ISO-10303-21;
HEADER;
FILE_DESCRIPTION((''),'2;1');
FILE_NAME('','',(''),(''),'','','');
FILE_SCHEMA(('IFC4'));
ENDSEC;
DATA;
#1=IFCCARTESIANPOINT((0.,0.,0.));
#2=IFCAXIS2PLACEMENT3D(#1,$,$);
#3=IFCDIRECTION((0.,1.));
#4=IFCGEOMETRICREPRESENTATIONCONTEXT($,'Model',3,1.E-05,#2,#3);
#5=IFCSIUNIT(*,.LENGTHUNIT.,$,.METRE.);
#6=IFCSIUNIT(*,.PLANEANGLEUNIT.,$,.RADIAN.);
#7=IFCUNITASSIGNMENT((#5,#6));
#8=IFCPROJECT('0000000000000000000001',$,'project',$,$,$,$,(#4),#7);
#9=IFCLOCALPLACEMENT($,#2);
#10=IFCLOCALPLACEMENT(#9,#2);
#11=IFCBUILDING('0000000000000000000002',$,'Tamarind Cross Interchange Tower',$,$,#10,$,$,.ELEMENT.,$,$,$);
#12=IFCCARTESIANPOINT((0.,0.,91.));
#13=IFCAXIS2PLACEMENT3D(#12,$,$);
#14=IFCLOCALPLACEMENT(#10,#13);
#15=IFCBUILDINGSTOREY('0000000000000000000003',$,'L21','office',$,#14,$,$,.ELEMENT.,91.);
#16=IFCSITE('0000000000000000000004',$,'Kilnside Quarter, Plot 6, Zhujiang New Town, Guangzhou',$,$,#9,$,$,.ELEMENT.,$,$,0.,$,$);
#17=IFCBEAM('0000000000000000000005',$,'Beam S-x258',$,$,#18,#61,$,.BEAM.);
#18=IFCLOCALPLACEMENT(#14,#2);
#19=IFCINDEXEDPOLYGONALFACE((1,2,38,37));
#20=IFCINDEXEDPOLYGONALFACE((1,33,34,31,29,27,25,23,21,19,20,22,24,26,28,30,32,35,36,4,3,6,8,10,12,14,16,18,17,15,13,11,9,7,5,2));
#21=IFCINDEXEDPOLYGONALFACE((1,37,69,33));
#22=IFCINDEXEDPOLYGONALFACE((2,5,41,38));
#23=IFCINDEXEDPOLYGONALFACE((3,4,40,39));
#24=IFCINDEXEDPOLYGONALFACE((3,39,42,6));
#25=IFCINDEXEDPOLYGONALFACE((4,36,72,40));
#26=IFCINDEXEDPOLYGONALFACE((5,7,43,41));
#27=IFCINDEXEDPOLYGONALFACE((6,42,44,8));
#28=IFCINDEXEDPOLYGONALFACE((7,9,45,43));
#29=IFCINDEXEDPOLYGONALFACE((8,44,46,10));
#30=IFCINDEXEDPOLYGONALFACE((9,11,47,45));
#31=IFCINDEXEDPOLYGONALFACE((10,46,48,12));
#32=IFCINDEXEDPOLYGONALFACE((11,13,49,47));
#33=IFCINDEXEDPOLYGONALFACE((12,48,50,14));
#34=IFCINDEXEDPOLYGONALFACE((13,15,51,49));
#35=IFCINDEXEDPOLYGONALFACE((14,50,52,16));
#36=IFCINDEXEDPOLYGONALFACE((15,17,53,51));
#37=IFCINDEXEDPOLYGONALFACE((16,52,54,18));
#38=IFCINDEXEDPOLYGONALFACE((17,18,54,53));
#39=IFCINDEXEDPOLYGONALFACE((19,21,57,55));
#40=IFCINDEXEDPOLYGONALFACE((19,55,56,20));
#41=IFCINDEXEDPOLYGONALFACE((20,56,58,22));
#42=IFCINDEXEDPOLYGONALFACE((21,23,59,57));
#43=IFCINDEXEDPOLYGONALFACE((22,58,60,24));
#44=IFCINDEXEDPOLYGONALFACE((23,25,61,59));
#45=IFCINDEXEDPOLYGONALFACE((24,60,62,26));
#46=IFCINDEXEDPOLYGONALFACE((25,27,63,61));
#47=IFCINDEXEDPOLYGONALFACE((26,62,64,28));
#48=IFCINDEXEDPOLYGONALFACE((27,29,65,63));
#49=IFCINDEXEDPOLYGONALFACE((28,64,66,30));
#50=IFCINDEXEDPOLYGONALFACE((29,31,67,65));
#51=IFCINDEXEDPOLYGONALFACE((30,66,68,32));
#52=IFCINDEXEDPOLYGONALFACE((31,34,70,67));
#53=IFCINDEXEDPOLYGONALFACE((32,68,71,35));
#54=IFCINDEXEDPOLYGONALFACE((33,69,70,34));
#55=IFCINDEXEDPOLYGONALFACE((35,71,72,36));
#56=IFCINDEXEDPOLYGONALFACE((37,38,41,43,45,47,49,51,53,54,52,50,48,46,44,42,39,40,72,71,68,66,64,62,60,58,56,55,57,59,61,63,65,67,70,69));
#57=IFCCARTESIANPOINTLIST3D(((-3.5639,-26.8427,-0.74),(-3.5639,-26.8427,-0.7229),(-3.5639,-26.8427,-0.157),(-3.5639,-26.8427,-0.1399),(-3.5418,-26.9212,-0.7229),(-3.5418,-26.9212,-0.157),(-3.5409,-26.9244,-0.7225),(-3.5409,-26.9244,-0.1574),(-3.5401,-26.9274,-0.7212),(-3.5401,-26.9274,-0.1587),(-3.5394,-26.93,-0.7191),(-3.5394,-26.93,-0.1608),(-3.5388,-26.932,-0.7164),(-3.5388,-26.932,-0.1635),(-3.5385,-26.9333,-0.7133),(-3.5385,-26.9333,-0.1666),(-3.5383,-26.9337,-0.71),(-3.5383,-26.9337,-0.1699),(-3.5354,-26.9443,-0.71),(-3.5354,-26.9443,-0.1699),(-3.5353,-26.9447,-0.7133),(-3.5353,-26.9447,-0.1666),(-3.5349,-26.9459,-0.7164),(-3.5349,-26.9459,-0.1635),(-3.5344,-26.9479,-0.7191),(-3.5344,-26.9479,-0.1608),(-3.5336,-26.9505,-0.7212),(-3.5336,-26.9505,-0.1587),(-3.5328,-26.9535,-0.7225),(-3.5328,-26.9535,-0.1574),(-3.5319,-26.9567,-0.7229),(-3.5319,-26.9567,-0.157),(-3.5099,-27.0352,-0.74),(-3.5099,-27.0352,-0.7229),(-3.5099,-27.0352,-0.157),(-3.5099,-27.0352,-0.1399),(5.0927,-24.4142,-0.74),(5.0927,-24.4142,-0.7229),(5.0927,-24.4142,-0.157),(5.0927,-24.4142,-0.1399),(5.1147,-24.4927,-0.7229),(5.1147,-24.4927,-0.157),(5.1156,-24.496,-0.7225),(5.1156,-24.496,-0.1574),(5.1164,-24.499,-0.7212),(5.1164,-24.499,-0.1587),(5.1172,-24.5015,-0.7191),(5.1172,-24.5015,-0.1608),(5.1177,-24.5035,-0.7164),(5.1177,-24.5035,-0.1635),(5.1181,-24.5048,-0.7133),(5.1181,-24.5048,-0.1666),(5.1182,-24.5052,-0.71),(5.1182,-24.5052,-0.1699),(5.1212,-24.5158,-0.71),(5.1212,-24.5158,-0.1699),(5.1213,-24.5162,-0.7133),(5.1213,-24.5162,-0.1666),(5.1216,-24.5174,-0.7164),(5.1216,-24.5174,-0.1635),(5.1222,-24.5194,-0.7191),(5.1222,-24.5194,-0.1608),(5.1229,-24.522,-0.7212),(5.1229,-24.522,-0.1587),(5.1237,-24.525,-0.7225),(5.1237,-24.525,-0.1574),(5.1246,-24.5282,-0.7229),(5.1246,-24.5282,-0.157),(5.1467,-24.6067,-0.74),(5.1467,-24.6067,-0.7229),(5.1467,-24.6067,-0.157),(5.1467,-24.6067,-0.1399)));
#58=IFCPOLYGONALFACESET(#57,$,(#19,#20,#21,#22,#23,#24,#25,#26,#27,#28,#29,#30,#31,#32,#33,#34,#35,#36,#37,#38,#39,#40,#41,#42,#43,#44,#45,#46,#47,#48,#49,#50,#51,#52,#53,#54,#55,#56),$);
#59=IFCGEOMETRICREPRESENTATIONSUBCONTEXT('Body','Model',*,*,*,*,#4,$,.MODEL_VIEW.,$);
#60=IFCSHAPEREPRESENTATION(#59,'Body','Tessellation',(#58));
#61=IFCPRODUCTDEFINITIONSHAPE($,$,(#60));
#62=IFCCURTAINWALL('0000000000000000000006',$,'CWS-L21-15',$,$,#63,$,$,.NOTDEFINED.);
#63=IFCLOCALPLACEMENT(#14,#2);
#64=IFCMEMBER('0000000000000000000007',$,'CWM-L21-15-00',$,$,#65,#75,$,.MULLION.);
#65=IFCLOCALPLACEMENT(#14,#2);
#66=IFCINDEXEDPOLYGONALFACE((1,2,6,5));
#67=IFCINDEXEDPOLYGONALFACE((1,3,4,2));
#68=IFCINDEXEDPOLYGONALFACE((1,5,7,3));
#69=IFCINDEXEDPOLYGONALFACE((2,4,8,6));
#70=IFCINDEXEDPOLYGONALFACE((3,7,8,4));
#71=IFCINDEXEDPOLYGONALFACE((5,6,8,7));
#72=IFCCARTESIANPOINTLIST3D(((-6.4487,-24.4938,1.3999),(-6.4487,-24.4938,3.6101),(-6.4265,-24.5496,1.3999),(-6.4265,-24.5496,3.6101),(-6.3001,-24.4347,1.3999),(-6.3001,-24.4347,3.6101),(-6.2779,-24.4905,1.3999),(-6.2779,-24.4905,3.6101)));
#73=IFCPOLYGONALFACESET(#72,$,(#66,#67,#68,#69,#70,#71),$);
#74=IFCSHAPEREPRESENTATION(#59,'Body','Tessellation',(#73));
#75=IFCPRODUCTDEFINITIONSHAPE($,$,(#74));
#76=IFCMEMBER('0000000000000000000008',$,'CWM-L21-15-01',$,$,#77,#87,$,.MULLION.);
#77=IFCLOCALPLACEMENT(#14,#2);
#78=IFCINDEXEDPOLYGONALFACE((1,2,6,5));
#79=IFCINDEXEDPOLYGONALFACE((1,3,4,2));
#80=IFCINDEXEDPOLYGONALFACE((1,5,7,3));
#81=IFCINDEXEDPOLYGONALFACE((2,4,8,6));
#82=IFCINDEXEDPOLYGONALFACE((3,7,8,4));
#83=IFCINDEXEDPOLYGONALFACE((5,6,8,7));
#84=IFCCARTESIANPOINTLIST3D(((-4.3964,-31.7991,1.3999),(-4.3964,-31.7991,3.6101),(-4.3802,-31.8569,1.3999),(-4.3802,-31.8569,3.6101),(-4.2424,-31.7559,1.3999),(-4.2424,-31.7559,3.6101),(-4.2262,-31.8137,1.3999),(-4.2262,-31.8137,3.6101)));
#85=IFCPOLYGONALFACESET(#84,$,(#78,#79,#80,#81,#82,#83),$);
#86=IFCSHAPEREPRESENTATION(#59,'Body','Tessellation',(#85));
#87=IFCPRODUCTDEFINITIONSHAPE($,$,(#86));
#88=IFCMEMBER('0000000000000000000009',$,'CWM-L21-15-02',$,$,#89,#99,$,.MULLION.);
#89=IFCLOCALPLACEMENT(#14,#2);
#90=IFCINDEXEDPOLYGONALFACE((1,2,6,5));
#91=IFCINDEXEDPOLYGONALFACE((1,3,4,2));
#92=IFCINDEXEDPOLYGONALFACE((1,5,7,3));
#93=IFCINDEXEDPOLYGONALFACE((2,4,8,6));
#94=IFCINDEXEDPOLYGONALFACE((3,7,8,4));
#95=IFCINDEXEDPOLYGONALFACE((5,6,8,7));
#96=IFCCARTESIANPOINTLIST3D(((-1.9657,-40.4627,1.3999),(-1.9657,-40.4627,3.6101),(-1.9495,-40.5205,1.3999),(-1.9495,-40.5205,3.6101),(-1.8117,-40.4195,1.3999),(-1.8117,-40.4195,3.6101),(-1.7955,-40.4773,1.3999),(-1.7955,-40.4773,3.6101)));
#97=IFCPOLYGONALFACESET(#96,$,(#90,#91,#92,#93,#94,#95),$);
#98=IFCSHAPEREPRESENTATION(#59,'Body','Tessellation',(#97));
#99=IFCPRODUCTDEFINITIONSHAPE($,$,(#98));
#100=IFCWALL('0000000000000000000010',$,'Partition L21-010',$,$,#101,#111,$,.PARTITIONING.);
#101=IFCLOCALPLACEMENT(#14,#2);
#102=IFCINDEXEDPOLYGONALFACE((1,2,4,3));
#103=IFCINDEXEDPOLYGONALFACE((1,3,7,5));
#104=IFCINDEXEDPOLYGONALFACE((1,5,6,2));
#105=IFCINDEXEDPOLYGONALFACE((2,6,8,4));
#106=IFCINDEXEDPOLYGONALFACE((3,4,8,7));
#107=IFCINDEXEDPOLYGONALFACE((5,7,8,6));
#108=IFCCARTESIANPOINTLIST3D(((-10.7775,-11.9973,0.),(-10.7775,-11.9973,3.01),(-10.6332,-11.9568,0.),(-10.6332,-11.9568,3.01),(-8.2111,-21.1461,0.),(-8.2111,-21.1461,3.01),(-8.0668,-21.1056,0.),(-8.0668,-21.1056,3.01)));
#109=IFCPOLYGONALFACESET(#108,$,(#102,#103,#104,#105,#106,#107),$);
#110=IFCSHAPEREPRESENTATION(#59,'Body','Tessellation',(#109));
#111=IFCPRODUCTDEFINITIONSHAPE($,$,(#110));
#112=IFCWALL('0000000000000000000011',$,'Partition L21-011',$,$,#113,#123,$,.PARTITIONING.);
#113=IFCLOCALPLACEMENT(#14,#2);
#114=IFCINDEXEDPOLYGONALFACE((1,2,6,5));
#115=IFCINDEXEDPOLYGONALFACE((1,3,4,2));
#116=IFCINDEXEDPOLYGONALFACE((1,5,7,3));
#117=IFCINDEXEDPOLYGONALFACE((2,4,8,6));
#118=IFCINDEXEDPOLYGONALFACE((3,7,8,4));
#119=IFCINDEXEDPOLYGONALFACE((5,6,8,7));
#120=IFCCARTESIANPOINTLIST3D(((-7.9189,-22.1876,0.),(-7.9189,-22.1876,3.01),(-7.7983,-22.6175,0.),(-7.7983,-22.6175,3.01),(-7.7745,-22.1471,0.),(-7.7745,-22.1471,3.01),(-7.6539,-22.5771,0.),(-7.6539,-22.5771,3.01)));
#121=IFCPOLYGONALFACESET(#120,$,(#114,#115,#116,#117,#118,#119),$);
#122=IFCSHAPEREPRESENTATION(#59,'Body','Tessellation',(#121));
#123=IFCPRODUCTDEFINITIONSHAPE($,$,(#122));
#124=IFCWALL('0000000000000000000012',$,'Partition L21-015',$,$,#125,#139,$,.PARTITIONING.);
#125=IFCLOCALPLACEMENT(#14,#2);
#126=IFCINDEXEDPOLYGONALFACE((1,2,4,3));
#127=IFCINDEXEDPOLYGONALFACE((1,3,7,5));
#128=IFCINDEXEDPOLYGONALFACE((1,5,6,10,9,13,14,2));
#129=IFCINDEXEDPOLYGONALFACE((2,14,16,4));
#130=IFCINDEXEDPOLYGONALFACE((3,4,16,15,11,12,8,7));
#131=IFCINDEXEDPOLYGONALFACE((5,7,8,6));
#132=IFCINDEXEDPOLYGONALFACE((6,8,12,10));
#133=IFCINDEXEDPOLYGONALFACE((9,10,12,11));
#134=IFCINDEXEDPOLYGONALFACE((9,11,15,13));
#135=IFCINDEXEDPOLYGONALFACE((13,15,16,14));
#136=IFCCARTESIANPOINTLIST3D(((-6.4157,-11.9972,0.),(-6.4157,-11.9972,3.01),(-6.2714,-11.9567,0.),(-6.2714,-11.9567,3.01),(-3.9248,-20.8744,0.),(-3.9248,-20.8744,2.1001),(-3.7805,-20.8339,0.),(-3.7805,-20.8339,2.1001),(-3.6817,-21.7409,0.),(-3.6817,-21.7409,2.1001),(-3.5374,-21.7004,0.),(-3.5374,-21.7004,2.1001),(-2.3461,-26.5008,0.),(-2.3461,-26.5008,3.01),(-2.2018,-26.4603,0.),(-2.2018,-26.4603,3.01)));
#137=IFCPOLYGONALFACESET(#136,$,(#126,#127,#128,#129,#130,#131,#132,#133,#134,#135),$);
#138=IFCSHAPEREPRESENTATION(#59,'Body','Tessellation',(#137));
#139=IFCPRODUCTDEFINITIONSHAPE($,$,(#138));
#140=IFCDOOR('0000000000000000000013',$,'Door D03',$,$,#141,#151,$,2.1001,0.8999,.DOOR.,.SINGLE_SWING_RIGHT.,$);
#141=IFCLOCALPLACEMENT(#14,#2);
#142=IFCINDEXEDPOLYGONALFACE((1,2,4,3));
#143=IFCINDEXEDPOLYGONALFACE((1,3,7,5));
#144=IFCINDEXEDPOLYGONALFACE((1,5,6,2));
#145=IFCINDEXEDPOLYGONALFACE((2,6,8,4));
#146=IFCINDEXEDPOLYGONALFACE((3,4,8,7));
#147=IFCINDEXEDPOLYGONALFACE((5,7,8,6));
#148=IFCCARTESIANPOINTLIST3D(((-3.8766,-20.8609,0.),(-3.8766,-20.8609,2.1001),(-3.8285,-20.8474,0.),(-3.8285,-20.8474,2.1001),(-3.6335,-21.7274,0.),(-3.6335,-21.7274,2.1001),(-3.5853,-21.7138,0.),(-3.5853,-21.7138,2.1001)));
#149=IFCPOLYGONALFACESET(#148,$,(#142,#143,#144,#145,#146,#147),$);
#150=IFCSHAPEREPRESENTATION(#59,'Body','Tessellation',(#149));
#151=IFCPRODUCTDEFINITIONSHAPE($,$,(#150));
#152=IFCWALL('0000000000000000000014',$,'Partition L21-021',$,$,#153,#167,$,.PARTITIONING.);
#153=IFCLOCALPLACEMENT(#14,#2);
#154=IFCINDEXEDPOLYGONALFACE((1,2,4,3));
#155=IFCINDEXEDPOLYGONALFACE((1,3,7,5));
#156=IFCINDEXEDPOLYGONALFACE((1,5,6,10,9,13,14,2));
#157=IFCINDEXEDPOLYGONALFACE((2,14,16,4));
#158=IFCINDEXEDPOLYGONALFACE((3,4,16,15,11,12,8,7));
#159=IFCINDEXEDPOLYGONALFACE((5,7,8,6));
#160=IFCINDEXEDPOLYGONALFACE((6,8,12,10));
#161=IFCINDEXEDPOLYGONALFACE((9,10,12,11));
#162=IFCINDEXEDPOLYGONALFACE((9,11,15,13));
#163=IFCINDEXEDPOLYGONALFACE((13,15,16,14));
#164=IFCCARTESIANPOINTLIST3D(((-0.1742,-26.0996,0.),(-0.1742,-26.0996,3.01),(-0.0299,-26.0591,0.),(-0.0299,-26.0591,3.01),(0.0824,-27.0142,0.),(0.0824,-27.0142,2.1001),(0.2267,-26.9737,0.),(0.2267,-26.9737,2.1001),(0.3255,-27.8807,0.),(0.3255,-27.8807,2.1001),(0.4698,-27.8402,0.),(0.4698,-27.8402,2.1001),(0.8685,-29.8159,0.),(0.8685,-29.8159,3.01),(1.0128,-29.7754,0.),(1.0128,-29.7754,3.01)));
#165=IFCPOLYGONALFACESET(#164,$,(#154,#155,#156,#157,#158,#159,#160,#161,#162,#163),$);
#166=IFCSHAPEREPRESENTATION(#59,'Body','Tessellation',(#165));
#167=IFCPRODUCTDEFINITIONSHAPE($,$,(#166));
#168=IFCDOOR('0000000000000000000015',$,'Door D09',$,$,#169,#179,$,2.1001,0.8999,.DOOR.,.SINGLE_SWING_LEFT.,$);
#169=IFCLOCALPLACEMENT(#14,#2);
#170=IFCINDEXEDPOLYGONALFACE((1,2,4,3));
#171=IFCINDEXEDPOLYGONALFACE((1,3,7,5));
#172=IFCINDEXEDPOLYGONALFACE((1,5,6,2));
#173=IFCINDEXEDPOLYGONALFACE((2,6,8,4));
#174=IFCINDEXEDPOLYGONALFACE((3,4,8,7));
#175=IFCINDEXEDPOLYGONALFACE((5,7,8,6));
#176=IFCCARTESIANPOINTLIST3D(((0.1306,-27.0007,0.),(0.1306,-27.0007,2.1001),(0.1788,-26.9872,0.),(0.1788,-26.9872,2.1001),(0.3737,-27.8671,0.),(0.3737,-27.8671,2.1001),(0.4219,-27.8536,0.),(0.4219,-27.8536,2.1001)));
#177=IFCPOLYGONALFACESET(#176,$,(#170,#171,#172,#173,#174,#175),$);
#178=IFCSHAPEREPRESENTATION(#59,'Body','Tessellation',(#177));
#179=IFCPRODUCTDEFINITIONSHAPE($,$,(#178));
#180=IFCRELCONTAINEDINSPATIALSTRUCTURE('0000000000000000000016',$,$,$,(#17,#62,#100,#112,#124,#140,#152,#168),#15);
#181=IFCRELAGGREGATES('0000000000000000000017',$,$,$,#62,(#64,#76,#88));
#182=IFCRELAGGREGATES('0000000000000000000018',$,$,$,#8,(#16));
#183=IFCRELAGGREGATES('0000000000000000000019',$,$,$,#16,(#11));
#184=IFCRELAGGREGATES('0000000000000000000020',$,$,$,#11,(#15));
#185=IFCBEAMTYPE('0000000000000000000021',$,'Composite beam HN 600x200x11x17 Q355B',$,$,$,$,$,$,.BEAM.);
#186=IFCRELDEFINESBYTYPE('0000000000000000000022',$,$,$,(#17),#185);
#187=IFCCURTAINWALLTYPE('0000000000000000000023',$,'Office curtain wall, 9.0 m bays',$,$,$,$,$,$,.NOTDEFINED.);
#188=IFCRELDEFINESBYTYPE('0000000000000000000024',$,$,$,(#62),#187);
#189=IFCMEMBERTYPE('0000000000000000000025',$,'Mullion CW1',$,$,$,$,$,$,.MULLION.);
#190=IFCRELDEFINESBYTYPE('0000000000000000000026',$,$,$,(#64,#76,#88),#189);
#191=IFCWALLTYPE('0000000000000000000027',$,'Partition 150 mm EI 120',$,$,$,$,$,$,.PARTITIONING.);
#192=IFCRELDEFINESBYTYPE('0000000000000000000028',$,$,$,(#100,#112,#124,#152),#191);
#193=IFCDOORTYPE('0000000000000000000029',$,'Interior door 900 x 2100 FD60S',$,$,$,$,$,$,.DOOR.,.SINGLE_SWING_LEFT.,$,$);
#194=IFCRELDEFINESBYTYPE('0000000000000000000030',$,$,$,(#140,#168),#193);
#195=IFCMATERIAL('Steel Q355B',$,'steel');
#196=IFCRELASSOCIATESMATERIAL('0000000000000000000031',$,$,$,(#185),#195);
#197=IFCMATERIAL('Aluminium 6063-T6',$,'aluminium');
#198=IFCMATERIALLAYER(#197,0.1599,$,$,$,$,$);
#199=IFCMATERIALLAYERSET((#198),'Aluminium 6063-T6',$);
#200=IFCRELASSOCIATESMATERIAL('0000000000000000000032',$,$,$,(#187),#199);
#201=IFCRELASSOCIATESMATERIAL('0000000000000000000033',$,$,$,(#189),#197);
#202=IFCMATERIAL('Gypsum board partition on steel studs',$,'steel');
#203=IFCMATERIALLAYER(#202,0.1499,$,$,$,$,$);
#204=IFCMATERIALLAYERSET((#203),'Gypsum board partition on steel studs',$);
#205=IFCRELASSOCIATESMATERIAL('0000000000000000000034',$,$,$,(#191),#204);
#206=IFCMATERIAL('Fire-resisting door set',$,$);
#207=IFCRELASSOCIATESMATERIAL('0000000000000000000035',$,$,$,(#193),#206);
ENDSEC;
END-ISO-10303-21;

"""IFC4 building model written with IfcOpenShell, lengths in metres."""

from ifc_helpers import new_model, si_unit, direction, frame, frame_2d, origin, origin_2d, place, context, subcontext, project, spatial, rectangle, i_section, extrude, material, layer, layer_set, material_profile, profile_set, type_object, element, fill, aggregate, save


model = new_model("IFC4")

# Units and contexts
model_context = context("Model", 3, precision=1e-05, world=origin(), true_north=direction((0.0, 1.0)))
body_context = subcontext(model_context, "Body", "Model", "MODEL_VIEW")
ifc_project = project(units=[si_unit("LENGTHUNIT", "METRE"), si_unit("PLANEANGLEUNIT", "RADIAN")], contexts=[model_context])

# Site, building, storey
site_placement = place(None, origin())
site = spatial("IfcSite", under=ifc_project, at=site_placement, Name="Kilnside Quarter, Plot 6, Zhujiang New Town, Guangzhou", CompositionType="ELEMENT", RefElevation=0.0)
building_placement = place(site_placement, origin())
building = spatial("IfcBuilding", under=site, at=building_placement, Name="Tamarind Cross Interchange Tower", CompositionType="ELEMENT")
storey_placement = place(building_placement, frame((0.0, 0.0, 91.0)))
storey = spatial("IfcBuildingStorey", under=building, at=storey_placement, Name="L21", Description="office", CompositionType="ELEMENT", Elevation=91.0)

# Beam
ifc_material_1 = material(Name="Steel Q355B", Category="steel")
ifc_material_profile_1 = material_profile(ifc_material_1, i_section(OverallWidth=0.2, OverallDepth=0.6001, WebThickness=0.011, FlangeThickness=0.0171, FilletRadius=0.0129, at=origin_2d()), Name="HN 600x200x11x17")
ifc_profile_set_1 = profile_set([ifc_material_profile_1], Name="Steel Q355B")
beam_type_1 = type_object("IfcBeamType", Name="Composite beam HN 600x200x11x17 Q355B", PredefinedType="BEAM", material=ifc_profile_set_1)
beam_1_placement = place(storey_placement, frame((-3.5369, -26.939, -0.4399), z_axis=(0.96283, 0.270109, 0.0), x_axis=(-0.270109, 0.96283, 0.0)))
element("IfcBeam", 1, at=beam_1_placement, inside=storey, type_object=beam_type_1, Name="Beam S-x258", PredefinedType="BEAM", context=body_context, shape_type="SweptSolid", body=[
    extrude(i_section(OverallWidth=0.2, OverallDepth=0.6001, WebThickness=0.011, FlangeThickness=0.0171, FilletRadius=0.0129, at=origin_2d()), origin(), (0.0, 0.0, 1.0), 8.9907),
])

# Curtain wall, members
ifc_material_2 = material(Name="Aluminium 6063-T6", Category="aluminium")
ifc_layer_1 = layer(ifc_material_2, 0.1599)
ifc_layer_set_1 = layer_set([ifc_layer_1], Name="Aluminium 6063-T6")
curtain_wall_type = type_object("IfcCurtainWallType", Name="Office curtain wall, 9.0 m bays", PredefinedType="NOTDEFINED", material=ifc_layer_set_1)
curtain_wall_placement = place(storey_placement, origin())
curtain_wall = element("IfcCurtainWall", 2, at=curtain_wall_placement, inside=storey, type_object=curtain_wall_type, Name="CWS-L21-15", PredefinedType="NOTDEFINED")
ifc_material_profile_2 = material_profile(ifc_material_2, rectangle(XDim=0.0601, YDim=0.1599, at=origin_2d()), Name="Mullion CW1")
ifc_profile_set_2 = profile_set([ifc_material_profile_2], Name="Aluminium 6063-T6")
member_type = type_object("IfcMemberType", Name="Mullion CW1", PredefinedType="MULLION", material=ifc_profile_set_2)
member_1_placement = place(storey_placement, frame((-6.3633, -24.4922, 1.3999), z_axis=(0.0, 0.0, 1.0), x_axis=(0.369635, -0.929177, 0.0)))
member_1 = element("IfcMember", 3, at=member_1_placement, type_object=member_type, Name="CWM-L21-15-00", PredefinedType="MULLION", context=body_context, shape_type="SweptSolid", body=[
    extrude(rectangle(XDim=0.0601, YDim=0.1599, at=origin_2d()), origin(), (0.0, 0.0, 1.0), 2.2102),
])
member_2_placement = place(storey_placement, frame((-4.3113, -31.8064, 1.3999), z_axis=(0.0, 0.0, 1.0), x_axis=(0.27013, -0.962824, 0.0)))
member_2 = element("IfcMember", 4, at=member_2_placement, type_object=member_type, Name="CWM-L21-15-01", PredefinedType="MULLION", context=body_context, shape_type="SweptSolid", body=[
    extrude(rectangle(XDim=0.0601, YDim=0.1599, at=origin_2d()), origin(), (0.0, 0.0, 1.0), 2.2102),
])
member_3_placement = place(storey_placement, frame((-1.8806, -40.47, 1.3999), z_axis=(0.0, 0.0, 1.0), x_axis=(0.27013, -0.962824, 0.0)))
member_3 = element("IfcMember", 5, at=member_3_placement, type_object=member_type, Name="CWM-L21-15-02", PredefinedType="MULLION", context=body_context, shape_type="SweptSolid", body=[
    extrude(rectangle(XDim=0.0601, YDim=0.1599, at=origin_2d()), origin(), (0.0, 0.0, 1.0), 2.2102),
])
aggregate(curtain_wall, [member_1, member_2, member_3])

# Walls
ifc_material_3 = material(Name="Gypsum board partition on steel studs", Category="steel")
ifc_layer_2 = layer(ifc_material_3, 0.1499)
ifc_layer_set_2 = layer_set([ifc_layer_2], Name="Gypsum board partition on steel studs")
wall_type_1 = type_object("IfcWallType", Name="Partition 150 mm EI 120", PredefinedType="PARTITIONING", material=ifc_layer_set_2)
wall_1_placement = place(storey_placement, frame((-10.7053, -11.9771, 0.0), z_axis=(0.0, 0.0, 1.0), x_axis=(0.270089, -0.962835, 0.0)))
element("IfcWall", 6, at=wall_1_placement, inside=storey, type_object=wall_type_1, Name="Partition L21-010", PredefinedType="PARTITIONING", context=body_context, shape_type="SweptSolid", body=[
    extrude(rectangle(XDim=9.502, YDim=0.1499, at=frame_2d((4.751, 0.0))), origin(), (0.0, 0.0, 1.0), 3.01),
])
wall_2_placement = place(storey_placement, frame((-7.8467, -22.1675, 0.0), z_axis=(0.0, 0.0, 1.0), x_axis=(0.270096, -0.962833, 0.0)))
element("IfcWall", 7, at=wall_2_placement, inside=storey, type_object=wall_type_1, Name="Partition L21-011", PredefinedType="PARTITIONING", context=body_context, shape_type="SweptSolid", body=[
    extrude(rectangle(XDim=0.4465, YDim=0.1499, at=frame_2d((0.2231, 0.0))), origin(), (0.0, 0.0, 1.0), 3.01),
])

# Walls, openings, doors
wall_3_placement = place(storey_placement, frame((-6.3435, -11.9771, 0.0), z_axis=(0.0, 0.0, 1.0), x_axis=(0.270156, -0.962816, 0.0)))
wall_3 = element("IfcWall", 8, at=wall_3_placement, inside=storey, type_object=wall_type_1, Name="Partition L21-015", PredefinedType="PARTITIONING", context=body_context, shape_type="SweptSolid", body=[
    extrude(rectangle(XDim=15.0637, YDim=0.1499, at=frame_2d((7.5317, 0.0))), origin(), (0.0, 0.0, 1.0), 3.01),
])
opening_1_placement = place(wall_3_placement, frame((9.22, 0.0, 0.0)))
opening_1 = element("IfcOpeningElement", 9, at=opening_1_placement, cuts=wall_3, PredefinedType="OPENING", context=body_context, shape_type="SweptSolid", body=[
    extrude(rectangle(XDim=0.8999, YDim=2.1001, at=frame_2d((0.45, 1.05))), frame((0.0, 0.085, 0.0), z_axis=(0.0, -1.0, 0.0), x_axis=(1.0, 0.0, 0.0)), (0.0, 0.0, 1.0), 0.1699),
])
ifc_material_4 = material(Name="Fire-resisting door set")
door_type_1 = type_object("IfcDoorType", Name="Interior door 900 x 2100 FD60S", OperationType="SINGLE_SWING_LEFT", PredefinedType="DOOR", material=ifc_material_4)
door_1_placement = place(opening_1_placement, frame((0.8999, 0.0, 0.0), z_axis=(0.0, 0.0, 1.0), x_axis=(-1.0, 0.0, 0.0)))
door_1 = element("IfcDoor", 10, at=door_1_placement, inside=storey, type_object=door_type_1, Name="Door D03", OperationType="SINGLE_SWING_RIGHT", OverallHeight=2.1001, OverallWidth=0.8999, PredefinedType="DOOR", context=body_context, shape_type="SweptSolid", body=[
    extrude(rectangle(XDim=0.8999, YDim=2.1001, at=frame_2d((0.45, 1.05))), frame((0.0, 0.0249, 0.0), z_axis=(0.0, -1.0, 0.0), x_axis=(1.0, 0.0, 0.0)), (0.0, 0.0, 1.0), 0.05),
])
fill(opening_1, door_1)
wall_4_placement = place(storey_placement, frame((-0.1021, -26.0793, 0.0), z_axis=(0.0, 0.0, 1.0), x_axis=(0.270148, -0.962819, 0.0)))
wall_4 = element("IfcWall", 11, at=wall_4_placement, inside=storey, type_object=wall_type_1, Name="Partition L21-021", PredefinedType="PARTITIONING", context=body_context, shape_type="SweptSolid", body=[
    extrude(rectangle(XDim=3.8599, YDim=0.1499, at=frame_2d((1.9299, 0.0))), origin(), (0.0, 0.0, 1.0), 3.01),
])
opening_2_placement = place(wall_4_placement, frame((0.95, 0.0, 0.0)))
opening_2 = element("IfcOpeningElement", 12, at=opening_2_placement, cuts=wall_4, PredefinedType="OPENING", context=body_context, shape_type="SweptSolid", body=[
    extrude(rectangle(XDim=0.8999, YDim=2.1001, at=frame_2d((0.45, 1.05))), frame((0.0, 0.085, 0.0), z_axis=(0.0, -1.0, 0.0), x_axis=(1.0, 0.0, 0.0)), (0.0, 0.0, 1.0), 0.1699),
])
door_2_placement = place(opening_2_placement, frame((0.8999, 0.0, 0.0), z_axis=(0.0, 0.0, 1.0), x_axis=(-1.0, 0.0, 0.0)))
door_2 = element("IfcDoor", 13, at=door_2_placement, inside=storey, type_object=door_type_1, Name="Door D09", OperationType="SINGLE_SWING_LEFT", OverallHeight=2.1001, OverallWidth=0.8999, PredefinedType="DOOR", context=body_context, shape_type="SweptSolid", body=[
    extrude(rectangle(XDim=0.8999, YDim=2.1001, at=frame_2d((0.45, 1.05))), frame((0.0, 0.0249, 0.0), z_axis=(0.0, -1.0, 0.0), x_axis=(1.0, 0.0, 0.0)), (0.0, 0.0, 1.0), 0.05),
])
fill(opening_2, door_2)

save(model, "model.ifc")
